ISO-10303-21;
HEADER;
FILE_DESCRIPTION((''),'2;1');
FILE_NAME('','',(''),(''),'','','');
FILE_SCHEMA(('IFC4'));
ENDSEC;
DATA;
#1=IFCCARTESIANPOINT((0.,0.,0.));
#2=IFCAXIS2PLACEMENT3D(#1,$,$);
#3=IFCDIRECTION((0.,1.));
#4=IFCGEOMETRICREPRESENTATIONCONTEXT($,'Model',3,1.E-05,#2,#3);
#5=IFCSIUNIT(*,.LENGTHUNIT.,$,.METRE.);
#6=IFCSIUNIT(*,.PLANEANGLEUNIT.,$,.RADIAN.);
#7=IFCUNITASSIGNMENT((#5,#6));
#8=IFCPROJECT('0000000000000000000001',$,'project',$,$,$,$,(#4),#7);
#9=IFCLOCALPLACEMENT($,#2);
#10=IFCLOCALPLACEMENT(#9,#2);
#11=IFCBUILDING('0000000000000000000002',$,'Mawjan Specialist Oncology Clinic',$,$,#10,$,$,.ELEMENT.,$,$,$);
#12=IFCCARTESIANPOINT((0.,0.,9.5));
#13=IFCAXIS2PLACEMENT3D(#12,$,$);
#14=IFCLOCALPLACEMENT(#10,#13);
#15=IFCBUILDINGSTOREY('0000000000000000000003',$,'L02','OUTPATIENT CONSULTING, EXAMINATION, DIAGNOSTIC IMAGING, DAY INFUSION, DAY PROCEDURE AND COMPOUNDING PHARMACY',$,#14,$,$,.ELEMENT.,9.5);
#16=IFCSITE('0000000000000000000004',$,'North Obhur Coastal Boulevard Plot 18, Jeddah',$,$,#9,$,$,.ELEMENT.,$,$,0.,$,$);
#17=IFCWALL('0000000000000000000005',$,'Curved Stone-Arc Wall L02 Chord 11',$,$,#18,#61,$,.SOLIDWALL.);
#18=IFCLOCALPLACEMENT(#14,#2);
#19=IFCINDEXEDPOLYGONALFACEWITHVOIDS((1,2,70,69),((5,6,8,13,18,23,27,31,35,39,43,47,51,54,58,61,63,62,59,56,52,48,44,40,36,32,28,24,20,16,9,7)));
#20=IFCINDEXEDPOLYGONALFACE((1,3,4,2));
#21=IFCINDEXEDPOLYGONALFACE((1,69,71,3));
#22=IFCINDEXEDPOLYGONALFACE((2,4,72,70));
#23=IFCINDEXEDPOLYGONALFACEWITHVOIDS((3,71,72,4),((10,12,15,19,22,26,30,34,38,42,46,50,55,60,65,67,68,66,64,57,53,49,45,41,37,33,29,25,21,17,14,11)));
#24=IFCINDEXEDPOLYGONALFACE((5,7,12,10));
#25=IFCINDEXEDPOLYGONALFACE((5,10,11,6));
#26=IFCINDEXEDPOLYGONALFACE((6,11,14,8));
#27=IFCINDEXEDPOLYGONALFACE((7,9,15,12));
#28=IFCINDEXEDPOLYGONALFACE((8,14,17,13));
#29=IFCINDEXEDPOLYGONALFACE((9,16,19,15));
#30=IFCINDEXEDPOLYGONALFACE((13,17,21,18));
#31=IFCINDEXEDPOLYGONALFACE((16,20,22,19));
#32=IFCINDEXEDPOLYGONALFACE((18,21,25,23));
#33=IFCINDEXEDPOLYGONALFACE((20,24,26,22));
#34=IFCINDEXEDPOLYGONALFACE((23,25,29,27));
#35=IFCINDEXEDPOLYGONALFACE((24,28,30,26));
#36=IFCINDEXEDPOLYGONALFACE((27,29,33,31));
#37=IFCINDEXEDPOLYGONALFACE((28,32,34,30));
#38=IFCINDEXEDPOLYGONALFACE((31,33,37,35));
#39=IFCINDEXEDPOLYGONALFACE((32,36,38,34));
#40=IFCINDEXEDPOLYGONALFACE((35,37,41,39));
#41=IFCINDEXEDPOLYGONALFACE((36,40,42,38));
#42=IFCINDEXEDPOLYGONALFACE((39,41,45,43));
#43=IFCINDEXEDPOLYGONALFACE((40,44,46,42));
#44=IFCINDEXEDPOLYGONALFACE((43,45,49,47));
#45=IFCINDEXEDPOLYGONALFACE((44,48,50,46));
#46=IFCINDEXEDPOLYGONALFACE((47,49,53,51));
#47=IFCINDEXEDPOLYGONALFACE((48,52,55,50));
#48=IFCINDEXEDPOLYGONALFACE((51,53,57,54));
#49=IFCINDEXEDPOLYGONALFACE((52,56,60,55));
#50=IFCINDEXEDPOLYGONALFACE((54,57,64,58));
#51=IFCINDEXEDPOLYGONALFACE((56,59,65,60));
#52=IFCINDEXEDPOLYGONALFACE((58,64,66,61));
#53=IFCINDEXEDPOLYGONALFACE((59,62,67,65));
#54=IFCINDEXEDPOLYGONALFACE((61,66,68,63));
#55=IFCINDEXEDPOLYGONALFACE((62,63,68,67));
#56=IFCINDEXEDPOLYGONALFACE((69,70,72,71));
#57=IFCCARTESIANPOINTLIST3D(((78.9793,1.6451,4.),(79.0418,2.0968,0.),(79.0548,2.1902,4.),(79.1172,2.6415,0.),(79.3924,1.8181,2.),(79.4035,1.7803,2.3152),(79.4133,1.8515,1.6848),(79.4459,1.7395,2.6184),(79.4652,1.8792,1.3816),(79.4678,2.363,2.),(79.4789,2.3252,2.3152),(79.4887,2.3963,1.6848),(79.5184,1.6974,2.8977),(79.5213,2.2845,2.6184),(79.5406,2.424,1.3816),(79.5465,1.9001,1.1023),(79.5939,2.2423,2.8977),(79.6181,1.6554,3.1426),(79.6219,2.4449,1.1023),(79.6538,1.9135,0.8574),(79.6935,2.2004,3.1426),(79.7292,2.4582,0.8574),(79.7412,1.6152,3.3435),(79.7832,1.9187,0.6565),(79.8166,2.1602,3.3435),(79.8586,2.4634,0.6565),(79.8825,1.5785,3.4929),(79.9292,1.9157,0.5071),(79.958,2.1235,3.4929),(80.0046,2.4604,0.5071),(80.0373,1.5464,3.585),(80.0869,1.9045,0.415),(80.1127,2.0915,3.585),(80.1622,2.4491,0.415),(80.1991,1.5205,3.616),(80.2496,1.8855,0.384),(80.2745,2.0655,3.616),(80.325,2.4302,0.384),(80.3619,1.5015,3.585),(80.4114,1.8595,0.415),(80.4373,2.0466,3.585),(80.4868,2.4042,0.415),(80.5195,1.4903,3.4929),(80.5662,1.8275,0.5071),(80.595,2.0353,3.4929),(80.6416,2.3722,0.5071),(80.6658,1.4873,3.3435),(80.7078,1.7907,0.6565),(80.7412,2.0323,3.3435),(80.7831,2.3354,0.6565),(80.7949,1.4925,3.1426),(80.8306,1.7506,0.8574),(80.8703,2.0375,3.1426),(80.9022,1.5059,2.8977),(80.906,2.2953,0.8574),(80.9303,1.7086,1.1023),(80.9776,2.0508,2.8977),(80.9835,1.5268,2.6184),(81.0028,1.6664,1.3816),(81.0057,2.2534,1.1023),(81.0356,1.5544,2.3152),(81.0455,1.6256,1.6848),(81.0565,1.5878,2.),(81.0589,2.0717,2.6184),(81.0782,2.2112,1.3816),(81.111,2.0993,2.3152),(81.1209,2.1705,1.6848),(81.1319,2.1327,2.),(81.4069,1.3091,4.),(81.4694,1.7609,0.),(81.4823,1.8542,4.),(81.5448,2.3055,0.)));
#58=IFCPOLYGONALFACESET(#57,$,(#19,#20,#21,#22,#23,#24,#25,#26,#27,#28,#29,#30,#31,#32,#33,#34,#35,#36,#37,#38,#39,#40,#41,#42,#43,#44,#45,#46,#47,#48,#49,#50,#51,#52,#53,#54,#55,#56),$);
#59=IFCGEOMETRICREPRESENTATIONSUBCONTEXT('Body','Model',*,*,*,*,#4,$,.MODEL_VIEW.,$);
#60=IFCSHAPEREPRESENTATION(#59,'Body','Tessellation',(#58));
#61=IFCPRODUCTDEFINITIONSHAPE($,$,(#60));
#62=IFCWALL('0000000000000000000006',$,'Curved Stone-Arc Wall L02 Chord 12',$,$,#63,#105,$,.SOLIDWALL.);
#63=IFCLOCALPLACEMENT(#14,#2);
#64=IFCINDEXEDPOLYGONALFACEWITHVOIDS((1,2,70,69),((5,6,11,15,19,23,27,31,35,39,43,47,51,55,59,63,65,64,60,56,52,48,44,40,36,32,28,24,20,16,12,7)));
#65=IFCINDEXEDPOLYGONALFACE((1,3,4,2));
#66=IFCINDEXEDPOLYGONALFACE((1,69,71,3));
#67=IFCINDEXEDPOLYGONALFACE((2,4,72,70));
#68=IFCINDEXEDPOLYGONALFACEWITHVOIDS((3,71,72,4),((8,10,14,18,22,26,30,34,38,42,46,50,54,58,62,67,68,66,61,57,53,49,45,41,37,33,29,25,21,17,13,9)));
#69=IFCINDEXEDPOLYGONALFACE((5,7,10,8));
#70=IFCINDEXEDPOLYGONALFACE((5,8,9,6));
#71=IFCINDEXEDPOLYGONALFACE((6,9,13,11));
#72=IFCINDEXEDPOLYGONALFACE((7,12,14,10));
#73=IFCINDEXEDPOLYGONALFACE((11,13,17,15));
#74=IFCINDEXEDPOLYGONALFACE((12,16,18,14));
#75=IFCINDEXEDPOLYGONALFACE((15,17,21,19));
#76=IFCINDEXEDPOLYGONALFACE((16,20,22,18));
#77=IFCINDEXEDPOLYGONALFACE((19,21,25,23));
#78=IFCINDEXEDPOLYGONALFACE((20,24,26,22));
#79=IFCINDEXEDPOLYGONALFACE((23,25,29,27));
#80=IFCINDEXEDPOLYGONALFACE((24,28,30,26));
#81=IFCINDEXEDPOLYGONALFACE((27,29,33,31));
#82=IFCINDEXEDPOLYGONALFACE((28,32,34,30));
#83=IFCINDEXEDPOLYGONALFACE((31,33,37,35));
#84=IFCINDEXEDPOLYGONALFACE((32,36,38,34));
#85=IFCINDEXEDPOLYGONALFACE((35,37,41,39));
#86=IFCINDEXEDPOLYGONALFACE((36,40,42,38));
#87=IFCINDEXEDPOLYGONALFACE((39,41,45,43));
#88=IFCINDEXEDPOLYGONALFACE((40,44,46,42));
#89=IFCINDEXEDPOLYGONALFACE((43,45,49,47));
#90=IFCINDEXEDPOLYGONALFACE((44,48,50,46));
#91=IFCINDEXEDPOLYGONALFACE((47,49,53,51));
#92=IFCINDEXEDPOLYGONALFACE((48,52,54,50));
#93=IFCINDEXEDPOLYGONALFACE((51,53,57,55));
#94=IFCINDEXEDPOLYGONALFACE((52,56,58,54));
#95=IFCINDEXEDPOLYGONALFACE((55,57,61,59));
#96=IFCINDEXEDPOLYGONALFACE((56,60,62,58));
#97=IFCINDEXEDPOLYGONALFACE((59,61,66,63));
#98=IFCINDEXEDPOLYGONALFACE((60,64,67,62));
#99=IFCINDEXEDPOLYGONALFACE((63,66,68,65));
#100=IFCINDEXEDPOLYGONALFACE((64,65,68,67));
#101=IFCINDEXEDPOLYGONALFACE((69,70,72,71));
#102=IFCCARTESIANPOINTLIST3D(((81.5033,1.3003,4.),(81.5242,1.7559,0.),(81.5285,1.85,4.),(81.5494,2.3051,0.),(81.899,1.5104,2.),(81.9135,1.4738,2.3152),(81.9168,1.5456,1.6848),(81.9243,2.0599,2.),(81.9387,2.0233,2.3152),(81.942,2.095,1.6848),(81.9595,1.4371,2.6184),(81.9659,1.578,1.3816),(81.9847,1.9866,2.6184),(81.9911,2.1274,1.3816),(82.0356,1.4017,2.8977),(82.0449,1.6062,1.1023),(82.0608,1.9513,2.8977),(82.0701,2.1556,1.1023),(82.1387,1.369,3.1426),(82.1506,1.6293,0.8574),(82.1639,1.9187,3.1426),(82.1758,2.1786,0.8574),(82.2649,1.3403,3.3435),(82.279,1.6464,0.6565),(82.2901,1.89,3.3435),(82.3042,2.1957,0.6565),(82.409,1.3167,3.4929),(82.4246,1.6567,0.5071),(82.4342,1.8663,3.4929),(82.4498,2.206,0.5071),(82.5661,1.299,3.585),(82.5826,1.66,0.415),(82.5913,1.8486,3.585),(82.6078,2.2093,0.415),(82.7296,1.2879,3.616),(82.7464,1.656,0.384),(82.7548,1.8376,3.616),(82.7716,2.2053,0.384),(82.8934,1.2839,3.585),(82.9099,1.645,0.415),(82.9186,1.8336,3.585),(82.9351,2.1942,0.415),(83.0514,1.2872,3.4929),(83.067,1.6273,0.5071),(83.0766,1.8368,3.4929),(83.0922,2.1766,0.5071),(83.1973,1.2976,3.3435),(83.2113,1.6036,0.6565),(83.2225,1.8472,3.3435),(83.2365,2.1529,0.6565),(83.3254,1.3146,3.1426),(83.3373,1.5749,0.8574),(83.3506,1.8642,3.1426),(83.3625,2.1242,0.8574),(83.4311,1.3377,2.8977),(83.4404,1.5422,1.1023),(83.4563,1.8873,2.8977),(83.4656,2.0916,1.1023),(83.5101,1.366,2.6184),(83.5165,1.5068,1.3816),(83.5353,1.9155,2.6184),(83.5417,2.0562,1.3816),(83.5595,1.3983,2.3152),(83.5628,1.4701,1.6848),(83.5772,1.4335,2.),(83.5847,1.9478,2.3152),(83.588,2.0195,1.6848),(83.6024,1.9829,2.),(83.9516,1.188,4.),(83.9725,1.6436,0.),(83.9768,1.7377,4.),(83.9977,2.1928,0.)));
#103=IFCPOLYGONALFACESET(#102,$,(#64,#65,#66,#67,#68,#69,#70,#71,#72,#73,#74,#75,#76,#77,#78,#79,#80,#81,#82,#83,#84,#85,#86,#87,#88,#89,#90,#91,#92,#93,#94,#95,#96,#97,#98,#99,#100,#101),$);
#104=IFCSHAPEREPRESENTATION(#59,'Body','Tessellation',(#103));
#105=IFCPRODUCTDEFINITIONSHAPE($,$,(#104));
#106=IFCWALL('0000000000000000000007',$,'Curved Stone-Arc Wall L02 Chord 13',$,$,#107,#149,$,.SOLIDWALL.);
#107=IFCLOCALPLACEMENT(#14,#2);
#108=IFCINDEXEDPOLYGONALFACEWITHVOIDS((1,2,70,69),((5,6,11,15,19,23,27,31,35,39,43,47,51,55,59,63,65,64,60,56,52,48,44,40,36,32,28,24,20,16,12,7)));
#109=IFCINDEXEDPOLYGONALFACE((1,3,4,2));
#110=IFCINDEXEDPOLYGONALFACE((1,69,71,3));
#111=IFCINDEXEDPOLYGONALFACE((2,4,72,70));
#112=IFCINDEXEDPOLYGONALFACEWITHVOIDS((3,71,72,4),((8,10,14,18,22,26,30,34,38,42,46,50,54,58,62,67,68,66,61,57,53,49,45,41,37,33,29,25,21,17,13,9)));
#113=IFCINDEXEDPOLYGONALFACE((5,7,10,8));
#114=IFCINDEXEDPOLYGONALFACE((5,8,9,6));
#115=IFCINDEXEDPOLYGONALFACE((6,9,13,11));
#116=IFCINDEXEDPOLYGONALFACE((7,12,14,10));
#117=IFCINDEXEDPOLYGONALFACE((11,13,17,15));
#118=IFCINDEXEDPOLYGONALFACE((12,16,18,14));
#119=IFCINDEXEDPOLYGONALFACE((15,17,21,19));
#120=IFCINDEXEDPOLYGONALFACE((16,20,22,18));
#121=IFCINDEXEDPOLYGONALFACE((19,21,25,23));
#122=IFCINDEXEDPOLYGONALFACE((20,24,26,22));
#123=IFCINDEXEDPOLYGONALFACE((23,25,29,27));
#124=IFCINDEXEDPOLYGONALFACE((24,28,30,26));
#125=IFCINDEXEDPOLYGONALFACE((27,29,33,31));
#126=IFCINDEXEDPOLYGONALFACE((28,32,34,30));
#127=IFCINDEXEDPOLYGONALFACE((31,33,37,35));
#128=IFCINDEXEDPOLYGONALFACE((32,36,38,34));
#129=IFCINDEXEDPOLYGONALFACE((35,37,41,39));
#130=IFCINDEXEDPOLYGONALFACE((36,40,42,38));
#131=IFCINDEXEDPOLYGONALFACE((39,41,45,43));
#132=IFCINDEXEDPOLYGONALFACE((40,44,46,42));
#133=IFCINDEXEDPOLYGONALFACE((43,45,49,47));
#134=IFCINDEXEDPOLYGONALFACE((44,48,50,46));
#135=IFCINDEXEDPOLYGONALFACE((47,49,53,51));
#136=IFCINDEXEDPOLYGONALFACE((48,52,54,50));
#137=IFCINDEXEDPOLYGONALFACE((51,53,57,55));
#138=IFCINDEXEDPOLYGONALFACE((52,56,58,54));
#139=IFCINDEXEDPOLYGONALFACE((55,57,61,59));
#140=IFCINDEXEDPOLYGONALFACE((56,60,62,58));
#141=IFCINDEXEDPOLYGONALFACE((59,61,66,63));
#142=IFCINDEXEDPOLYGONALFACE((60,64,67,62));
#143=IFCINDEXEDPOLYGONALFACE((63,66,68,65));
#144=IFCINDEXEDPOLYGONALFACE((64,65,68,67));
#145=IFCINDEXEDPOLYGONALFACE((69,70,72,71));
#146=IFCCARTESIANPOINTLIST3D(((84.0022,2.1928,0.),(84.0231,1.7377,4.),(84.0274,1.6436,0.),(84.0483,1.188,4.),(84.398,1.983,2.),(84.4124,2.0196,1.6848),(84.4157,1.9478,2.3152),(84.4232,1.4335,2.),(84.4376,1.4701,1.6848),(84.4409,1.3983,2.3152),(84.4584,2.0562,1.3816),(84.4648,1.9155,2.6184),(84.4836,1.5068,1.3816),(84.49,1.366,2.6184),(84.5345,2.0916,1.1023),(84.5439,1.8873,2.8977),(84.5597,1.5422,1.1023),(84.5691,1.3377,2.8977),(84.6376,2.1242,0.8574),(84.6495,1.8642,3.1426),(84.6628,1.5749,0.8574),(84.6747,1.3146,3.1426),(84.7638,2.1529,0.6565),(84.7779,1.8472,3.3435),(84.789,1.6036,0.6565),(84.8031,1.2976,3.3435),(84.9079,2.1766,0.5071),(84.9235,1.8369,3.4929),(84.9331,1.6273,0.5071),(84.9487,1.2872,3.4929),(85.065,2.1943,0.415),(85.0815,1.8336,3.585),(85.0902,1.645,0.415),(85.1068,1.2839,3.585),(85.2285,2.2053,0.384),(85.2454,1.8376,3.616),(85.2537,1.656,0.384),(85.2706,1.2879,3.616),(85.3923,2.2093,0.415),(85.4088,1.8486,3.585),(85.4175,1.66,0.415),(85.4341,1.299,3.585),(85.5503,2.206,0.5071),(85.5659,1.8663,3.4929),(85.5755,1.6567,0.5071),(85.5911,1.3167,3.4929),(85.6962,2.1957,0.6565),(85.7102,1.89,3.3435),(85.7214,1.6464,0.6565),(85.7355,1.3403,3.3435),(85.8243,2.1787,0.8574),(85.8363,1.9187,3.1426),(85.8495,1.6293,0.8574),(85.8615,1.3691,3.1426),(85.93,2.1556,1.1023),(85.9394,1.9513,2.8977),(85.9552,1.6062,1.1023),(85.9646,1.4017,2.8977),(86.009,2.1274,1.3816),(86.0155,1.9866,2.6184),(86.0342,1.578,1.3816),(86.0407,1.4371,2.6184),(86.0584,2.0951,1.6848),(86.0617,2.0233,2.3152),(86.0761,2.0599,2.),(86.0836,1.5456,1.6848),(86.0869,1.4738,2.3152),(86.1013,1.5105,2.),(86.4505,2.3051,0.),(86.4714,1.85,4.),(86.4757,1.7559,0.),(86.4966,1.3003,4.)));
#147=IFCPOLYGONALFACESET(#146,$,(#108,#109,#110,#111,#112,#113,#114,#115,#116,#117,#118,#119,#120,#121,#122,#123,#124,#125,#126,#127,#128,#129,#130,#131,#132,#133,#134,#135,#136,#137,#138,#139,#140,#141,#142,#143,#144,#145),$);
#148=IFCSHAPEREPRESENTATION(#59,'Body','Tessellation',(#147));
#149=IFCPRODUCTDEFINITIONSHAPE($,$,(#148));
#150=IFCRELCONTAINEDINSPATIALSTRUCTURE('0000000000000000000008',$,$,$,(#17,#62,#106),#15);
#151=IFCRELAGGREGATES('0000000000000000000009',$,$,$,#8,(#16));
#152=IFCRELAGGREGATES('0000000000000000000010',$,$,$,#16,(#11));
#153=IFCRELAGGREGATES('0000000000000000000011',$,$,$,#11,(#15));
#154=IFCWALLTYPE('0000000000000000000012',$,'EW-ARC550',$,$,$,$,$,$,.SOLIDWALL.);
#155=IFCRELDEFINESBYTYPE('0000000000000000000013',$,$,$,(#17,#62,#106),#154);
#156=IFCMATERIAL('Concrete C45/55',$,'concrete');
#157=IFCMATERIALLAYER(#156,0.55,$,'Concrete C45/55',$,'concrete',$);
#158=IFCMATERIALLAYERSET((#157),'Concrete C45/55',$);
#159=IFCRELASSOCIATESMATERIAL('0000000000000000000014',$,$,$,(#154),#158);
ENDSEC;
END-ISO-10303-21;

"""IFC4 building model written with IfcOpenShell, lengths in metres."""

from ifc_helpers import new_model, si_unit, direction, frame, origin, place, context, subcontext, project, spatial, polyline, outline, extrude, material, layer, layer_set, type_object, element, save


model = new_model("IFC4")

# Units and contexts
model_context = context("Model", 3, precision=1e-05, world=origin(), true_north=direction((0.0, 1.0)))
body_context = subcontext(model_context, "Body", "Model", "MODEL_VIEW")
ifc_project = project(units=[si_unit("LENGTHUNIT", "METRE"), si_unit("PLANEANGLEUNIT", "RADIAN")], contexts=[model_context])

# Site, building, storey
site_placement = place(None, origin())
site = spatial("IfcSite", under=ifc_project, at=site_placement, Name="North Obhur Coastal Boulevard Plot 18, Jeddah", CompositionType="ELEMENT", RefElevation=0.0)
building_placement = place(site_placement, origin())
building = spatial("IfcBuilding", under=site, at=building_placement, Name="Mawjan Specialist Oncology Clinic", CompositionType="ELEMENT")
storey_placement = place(building_placement, frame((0.0, 0.0, 9.5)))
storey = spatial("IfcBuildingStorey", under=building, at=storey_placement, Name="L02", Description="OUTPATIENT CONSULTING, EXAMINATION, DIAGNOSTIC IMAGING, DAY INFUSION, DAY PROCEDURE AND COMPOUNDING PHARMACY", CompositionType="ELEMENT", Elevation=9.5)

# Walls, openings
ifc_material_1 = material(Name="Concrete C45/55", Category="concrete")
ifc_layer_1 = layer(ifc_material_1, 0.55, Name="Concrete C45/55", Category="concrete")
ifc_layer_set_1 = layer_set([ifc_layer_1], Name="Concrete C45/55")
wall_type = type_object("IfcWallType", Name="EW-ARC550", PredefinedType="SOLIDWALL", material=ifc_layer_set_1)
wall_1_placement = place(storey_placement, frame((81.5071, 2.0332, 0.0), z_axis=(0.0, 0.0, 1.0), x_axis=(-0.99056, 0.137082, 0.0)))
wall_1 = element("IfcWall", 1, at=wall_1_placement, inside=storey, type_object=wall_type, Name="Curved Stone-Arc Wall L02 Chord 11", PredefinedType="SOLIDWALL", context=body_context, shape_type="SweptSolid", body=[
    extrude(outline(polyline([(-0.2749, 0.0), (0.2749, 0.0), (0.731, 4.0), (0.1807, 4.0), (-0.2749, 0.0)])), frame((0.0, 0.0, 0.0), z_axis=(1.0, 0.0, 0.0), x_axis=(0.0, 1.0, 0.0)), (0.0, 0.0, 1.0), 2.4507),
])
opening_1_placement = place(wall_1_placement, origin())
element("IfcOpeningElement", 2, at=opening_1_placement, cuts=wall_1, PredefinedType="OPENING", context=body_context, shape_type="SweptSolid", body=[
    extrude(outline(polyline([(2.0652, 2.0), (2.0491, 2.3152), (2.0015, 2.6184), (1.9238, 2.8977), (1.8193, 3.1426), (1.6919, 3.3435), (1.5469, 3.4929), (1.3892, 3.585), (1.2253, 3.616), (1.0615, 3.585), (0.9038, 3.4929), (0.7585, 3.3435), (0.6313, 3.1426), (0.5269, 2.8977), (0.4492, 2.6184), (0.4014, 2.3152), (0.3853, 2.0), (0.4014, 1.6848), (0.4492, 1.3816), (0.5269, 1.1023), (0.6313, 0.8574), (0.7585, 0.6565), (0.9038, 0.5071), (1.0615, 0.415), (1.2253, 0.384), (1.3892, 0.415), (1.5469, 0.5071), (1.6919, 0.6565), (1.8193, 0.8574), (1.9238, 1.1023), (2.0015, 1.3816), (2.0491, 1.6848), (2.0652, 2.0)])), frame((0.0, 0.7507, 0.0), z_axis=(0.0, -1.0, 0.0), x_axis=(1.0, 0.0, 0.0)), (0.0, 0.0, 1.0), 1.0459),
])
wall_2_placement = place(storey_placement, frame((83.9851, 1.9182, 0.0), z_axis=(0.0, 0.0, 1.0), x_axis=(-0.99895, 0.045823, 0.0)))
wall_2 = element("IfcWall", 3, at=wall_2_placement, inside=storey, type_object=wall_type, Name="Curved Stone-Arc Wall L02 Chord 12", PredefinedType="SOLIDWALL", context=body_context, shape_type="SweptSolid", body=[
    extrude(outline(polyline([(-0.2749, 0.0), (0.2749, 0.0), (0.731, 4.0), (0.1807, 4.0), (-0.2749, 0.0)])), frame((0.0, 0.0, 0.0), z_axis=(1.0, 0.0, 0.0), x_axis=(0.0, 1.0, 0.0)), (0.0, 0.0, 1.0), 2.4509),
])
opening_2_placement = place(wall_2_placement, origin())
element("IfcOpeningElement", 4, at=opening_2_placement, cuts=wall_2, PredefinedType="OPENING", context=body_context, shape_type="SweptSolid", body=[
    extrude(outline(polyline([(2.0652, 2.0), (2.0491, 2.3152), (2.0015, 2.6184), (1.9238, 2.8977), (1.8193, 3.1426), (1.6919, 3.3435), (1.5469, 3.4929), (1.3892, 3.585), (1.2253, 3.616), (1.0615, 3.585), (0.9038, 3.4929), (0.7585, 3.3435), (0.6313, 3.1426), (0.5269, 2.8977), (0.4492, 2.6184), (0.4014, 2.3152), (0.3853, 2.0), (0.4014, 1.6848), (0.4492, 1.3816), (0.5269, 1.1023), (0.6313, 0.8574), (0.7585, 0.6565), (0.9038, 0.5071), (1.0615, 0.415), (1.2253, 0.384), (1.3892, 0.415), (1.5469, 0.5071), (1.6919, 0.6565), (1.8193, 0.8574), (1.9238, 1.1023), (2.0015, 1.3816), (2.0491, 1.6848), (2.0652, 2.0)])), frame((0.0, 0.7507, 0.0), z_axis=(0.0, -1.0, 0.0), x_axis=(1.0, 0.0, 0.0)), (0.0, 0.0, 1.0), 1.0459),
])
wall_3_placement = place(storey_placement, frame((86.4631, 2.0305, 0.0), z_axis=(0.0, 0.0, 1.0), x_axis=(-0.99895, -0.045823, 0.0)))
wall_3 = element("IfcWall", 5, at=wall_3_placement, inside=storey, type_object=wall_type, Name="Curved Stone-Arc Wall L02 Chord 13", PredefinedType="SOLIDWALL", context=body_context, shape_type="SweptSolid", body=[
    extrude(outline(polyline([(-0.2749, 0.0), (0.2749, 0.0), (0.731, 4.0), (0.1807, 4.0), (-0.2749, 0.0)])), frame((0.0, 0.0, 0.0), z_axis=(1.0, 0.0, 0.0), x_axis=(0.0, 1.0, 0.0)), (0.0, 0.0, 1.0), 2.4509),
])
opening_3_placement = place(wall_3_placement, origin())
element("IfcOpeningElement", 6, at=opening_3_placement, cuts=wall_3, PredefinedType="OPENING", context=body_context, shape_type="SweptSolid", body=[
    extrude(outline(polyline([(2.0652, 2.0), (2.0491, 2.3152), (2.0015, 2.6184), (1.9238, 2.8977), (1.8193, 3.1426), (1.6919, 3.3435), (1.5469, 3.4929), (1.3892, 3.585), (1.2253, 3.616), (1.0615, 3.585), (0.9038, 3.4929), (0.7585, 3.3435), (0.6313, 3.1426), (0.5269, 2.8977), (0.4492, 2.6184), (0.4014, 2.3152), (0.3853, 2.0), (0.4014, 1.6848), (0.4492, 1.3816), (0.5269, 1.1023), (0.6313, 0.8574), (0.7585, 0.6565), (0.9038, 0.5071), (1.0615, 0.415), (1.2253, 0.384), (1.3892, 0.415), (1.5469, 0.5071), (1.6919, 0.6565), (1.8193, 0.8574), (1.9238, 1.1023), (2.0015, 1.3816), (2.0491, 1.6848), (2.0652, 2.0)])), frame((0.0, 0.7507, 0.0), z_axis=(0.0, -1.0, 0.0), x_axis=(1.0, 0.0, 0.0)), (0.0, 0.0, 1.0), 1.0459),
])

save(model, "model.ifc")
